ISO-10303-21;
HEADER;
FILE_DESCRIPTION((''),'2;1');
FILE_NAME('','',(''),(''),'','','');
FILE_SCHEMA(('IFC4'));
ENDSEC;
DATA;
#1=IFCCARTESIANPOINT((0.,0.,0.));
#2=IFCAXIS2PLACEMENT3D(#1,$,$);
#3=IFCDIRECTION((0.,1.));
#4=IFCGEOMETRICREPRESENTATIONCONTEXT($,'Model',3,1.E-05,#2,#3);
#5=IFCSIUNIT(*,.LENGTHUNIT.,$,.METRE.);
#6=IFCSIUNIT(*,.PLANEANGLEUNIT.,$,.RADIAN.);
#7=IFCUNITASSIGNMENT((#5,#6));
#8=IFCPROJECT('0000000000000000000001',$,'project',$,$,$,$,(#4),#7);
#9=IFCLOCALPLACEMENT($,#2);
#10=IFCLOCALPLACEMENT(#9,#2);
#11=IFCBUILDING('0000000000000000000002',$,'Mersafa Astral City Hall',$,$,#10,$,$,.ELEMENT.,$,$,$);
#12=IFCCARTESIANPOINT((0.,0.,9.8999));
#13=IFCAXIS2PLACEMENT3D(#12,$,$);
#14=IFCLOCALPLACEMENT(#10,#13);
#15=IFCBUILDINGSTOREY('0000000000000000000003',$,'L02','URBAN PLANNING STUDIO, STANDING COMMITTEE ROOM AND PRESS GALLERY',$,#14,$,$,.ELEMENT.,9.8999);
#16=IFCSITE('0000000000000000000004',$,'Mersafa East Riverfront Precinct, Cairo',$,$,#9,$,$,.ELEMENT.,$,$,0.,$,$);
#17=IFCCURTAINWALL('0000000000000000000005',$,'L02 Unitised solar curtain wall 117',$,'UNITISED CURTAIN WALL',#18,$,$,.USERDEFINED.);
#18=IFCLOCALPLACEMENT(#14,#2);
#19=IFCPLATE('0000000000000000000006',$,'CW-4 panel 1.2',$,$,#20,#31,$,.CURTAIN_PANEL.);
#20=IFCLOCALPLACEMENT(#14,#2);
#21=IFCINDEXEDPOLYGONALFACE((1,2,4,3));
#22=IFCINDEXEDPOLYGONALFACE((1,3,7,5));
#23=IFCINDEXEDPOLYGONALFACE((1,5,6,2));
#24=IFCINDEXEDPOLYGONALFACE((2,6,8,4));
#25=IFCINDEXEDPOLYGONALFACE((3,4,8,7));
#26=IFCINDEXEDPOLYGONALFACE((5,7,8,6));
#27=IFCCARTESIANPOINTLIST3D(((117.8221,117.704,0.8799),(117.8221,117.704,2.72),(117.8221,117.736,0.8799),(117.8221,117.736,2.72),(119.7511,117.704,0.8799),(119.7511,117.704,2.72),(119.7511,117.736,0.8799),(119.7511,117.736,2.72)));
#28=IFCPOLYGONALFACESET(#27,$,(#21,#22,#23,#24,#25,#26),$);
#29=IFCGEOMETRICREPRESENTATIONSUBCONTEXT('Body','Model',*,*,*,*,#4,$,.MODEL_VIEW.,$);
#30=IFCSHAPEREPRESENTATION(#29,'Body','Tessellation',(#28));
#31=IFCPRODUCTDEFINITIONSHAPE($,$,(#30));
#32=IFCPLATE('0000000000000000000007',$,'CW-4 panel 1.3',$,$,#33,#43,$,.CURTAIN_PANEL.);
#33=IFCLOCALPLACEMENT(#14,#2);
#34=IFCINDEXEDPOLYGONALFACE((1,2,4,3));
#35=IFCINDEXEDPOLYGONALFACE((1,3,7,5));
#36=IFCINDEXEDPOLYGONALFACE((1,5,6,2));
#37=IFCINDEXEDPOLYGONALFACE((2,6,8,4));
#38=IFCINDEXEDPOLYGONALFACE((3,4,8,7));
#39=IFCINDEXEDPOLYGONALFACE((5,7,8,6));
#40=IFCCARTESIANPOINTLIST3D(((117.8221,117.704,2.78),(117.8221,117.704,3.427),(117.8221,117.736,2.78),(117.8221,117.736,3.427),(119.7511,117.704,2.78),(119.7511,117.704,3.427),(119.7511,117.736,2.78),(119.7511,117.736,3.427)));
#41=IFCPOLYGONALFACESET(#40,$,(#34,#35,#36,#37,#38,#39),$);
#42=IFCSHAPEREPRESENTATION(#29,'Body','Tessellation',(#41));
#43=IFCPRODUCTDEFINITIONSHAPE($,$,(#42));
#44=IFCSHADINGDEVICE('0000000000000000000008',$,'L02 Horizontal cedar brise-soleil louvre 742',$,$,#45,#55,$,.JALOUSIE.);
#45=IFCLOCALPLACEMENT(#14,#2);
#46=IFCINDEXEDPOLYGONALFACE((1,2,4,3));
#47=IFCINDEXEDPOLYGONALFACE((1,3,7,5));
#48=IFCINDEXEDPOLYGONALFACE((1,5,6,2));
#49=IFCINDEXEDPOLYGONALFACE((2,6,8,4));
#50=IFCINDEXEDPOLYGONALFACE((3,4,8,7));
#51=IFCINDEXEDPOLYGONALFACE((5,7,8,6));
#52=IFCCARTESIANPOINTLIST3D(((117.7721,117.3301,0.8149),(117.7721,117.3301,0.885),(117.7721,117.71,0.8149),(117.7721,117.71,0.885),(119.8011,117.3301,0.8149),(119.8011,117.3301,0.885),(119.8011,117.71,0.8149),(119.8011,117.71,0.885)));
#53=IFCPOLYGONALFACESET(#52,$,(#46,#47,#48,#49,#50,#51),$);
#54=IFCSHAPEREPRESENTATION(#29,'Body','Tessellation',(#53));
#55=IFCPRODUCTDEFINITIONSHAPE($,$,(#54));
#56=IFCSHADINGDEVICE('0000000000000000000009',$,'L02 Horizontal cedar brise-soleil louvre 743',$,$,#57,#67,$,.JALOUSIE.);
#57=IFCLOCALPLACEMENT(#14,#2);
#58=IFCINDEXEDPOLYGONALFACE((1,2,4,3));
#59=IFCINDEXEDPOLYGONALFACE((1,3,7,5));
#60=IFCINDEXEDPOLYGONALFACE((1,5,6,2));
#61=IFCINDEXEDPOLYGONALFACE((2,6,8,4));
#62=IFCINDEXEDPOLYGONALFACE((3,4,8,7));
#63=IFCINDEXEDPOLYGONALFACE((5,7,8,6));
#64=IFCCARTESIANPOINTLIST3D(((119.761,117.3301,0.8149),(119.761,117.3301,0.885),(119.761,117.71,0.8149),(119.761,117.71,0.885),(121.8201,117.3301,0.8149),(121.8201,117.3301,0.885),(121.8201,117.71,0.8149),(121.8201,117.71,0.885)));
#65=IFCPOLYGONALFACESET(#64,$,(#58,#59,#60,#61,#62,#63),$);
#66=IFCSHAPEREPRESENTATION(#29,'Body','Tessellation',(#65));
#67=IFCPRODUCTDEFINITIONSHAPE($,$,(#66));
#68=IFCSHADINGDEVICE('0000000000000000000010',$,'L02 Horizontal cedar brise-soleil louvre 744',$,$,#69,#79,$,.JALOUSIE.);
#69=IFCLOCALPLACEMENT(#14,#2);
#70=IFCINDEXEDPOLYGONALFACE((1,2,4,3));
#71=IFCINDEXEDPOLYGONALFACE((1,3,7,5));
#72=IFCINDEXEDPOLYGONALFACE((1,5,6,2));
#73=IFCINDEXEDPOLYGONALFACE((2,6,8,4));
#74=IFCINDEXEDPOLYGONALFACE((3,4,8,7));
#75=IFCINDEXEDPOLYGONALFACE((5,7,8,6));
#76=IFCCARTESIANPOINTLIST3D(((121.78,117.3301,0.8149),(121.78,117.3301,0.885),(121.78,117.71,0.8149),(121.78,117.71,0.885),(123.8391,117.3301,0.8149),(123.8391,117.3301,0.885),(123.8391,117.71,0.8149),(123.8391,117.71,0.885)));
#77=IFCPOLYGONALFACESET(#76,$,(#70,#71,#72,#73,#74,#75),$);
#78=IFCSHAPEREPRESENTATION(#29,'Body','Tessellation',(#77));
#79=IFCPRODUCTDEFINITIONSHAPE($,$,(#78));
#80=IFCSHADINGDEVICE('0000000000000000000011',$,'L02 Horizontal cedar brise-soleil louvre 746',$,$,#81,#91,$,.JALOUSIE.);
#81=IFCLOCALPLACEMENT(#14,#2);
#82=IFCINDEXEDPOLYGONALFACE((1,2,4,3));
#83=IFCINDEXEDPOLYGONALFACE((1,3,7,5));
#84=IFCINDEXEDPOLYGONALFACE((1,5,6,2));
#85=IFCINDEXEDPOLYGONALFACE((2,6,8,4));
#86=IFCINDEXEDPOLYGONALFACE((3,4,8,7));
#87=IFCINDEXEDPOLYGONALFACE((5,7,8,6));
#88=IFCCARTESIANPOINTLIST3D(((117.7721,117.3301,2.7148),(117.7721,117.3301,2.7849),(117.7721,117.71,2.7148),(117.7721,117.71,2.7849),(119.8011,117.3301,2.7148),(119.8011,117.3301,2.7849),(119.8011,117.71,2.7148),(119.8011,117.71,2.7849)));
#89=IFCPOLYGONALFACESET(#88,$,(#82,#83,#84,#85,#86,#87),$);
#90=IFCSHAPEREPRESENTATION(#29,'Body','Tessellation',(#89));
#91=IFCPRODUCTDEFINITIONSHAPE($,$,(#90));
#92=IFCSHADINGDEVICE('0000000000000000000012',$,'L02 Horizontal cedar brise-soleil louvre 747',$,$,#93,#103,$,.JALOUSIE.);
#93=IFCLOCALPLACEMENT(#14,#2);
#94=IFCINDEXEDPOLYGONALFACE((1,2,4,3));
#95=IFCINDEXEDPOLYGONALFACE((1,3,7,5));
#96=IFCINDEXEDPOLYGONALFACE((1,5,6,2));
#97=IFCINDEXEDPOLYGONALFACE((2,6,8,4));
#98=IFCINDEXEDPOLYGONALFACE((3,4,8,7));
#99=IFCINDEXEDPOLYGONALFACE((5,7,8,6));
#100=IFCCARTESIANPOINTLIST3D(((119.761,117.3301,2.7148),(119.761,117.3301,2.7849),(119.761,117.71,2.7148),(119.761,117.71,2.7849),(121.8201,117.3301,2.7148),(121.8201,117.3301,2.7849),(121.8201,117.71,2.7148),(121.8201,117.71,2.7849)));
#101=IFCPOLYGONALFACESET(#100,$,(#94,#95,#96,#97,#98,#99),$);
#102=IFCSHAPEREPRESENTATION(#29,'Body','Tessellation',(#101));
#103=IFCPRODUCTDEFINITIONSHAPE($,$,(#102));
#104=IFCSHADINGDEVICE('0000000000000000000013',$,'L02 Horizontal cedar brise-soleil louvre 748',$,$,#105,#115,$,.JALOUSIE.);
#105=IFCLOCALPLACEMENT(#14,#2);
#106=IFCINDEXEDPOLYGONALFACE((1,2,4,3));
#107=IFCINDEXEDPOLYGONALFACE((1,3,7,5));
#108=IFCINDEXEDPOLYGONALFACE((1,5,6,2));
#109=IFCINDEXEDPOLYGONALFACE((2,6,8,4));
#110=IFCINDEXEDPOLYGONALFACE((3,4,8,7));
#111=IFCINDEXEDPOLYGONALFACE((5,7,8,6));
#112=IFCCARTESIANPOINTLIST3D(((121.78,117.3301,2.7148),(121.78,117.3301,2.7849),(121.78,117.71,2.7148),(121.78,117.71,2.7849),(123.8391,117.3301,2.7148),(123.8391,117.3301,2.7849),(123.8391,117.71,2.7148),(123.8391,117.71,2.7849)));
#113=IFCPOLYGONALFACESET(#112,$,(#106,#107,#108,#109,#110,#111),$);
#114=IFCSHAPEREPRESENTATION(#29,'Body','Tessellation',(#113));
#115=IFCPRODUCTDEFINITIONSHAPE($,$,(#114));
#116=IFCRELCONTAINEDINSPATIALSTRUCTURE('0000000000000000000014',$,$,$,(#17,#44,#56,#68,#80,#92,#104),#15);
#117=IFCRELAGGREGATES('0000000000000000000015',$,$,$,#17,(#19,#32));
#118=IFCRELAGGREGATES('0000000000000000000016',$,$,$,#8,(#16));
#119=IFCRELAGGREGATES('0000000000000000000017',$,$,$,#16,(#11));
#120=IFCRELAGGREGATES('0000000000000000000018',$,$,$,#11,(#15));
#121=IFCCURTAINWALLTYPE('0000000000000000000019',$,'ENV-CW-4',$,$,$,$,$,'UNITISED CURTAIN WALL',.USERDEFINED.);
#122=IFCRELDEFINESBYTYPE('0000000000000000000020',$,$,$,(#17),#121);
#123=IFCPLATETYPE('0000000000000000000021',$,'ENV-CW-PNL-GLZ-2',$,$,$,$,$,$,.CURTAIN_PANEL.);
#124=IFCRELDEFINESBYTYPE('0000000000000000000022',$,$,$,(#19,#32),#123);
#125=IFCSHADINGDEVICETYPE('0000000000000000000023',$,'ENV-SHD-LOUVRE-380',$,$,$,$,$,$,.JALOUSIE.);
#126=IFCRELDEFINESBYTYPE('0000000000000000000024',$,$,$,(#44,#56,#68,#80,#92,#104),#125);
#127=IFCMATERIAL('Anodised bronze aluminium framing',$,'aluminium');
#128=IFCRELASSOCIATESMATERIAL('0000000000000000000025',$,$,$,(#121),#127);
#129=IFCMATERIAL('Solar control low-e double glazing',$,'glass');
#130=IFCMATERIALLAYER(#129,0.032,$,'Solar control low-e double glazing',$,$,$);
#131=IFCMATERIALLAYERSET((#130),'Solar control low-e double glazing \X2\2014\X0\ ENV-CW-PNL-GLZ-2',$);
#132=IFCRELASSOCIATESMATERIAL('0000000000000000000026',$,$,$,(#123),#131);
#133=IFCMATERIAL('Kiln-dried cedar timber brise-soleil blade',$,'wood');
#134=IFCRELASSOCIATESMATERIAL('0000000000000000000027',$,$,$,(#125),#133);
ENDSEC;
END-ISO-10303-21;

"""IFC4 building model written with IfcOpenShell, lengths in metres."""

from ifc_helpers import new_model, si_unit, direction, frame, origin, origin_2d, place, context, subcontext, project, spatial, rectangle, extrude, material, layer, layer_set, type_object, element, aggregate, save


model = new_model("IFC4")

# Units and contexts
model_context = context("Model", 3, precision=1e-05, world=origin(), true_north=direction((0.0, 1.0)))
body_context = subcontext(model_context, "Body", "Model", "MODEL_VIEW")
ifc_project = project(units=[si_unit("LENGTHUNIT", "METRE"), si_unit("PLANEANGLEUNIT", "RADIAN")], contexts=[model_context])

# Site, building, storey
site_placement = place(None, origin())
site = spatial("IfcSite", under=ifc_project, at=site_placement, Name="Mersafa East Riverfront Precinct, Cairo", CompositionType="ELEMENT", RefElevation=0.0)
building_placement = place(site_placement, origin())
building = spatial("IfcBuilding", under=site, at=building_placement, Name="Mersafa Astral City Hall", CompositionType="ELEMENT")
storey_placement = place(building_placement, frame((0.0, 0.0, 9.8999)))
storey = spatial("IfcBuildingStorey", under=building, at=storey_placement, Name="L02", Description="URBAN PLANNING STUDIO, STANDING COMMITTEE ROOM AND PRESS GALLERY", CompositionType="ELEMENT", Elevation=9.8999)

# Curtain wall
ifc_material_1 = material(Name="Anodised bronze aluminium framing", Category="aluminium")
curtain_wall_type = type_object("IfcCurtainWallType", Name="ENV-CW-4", ElementType="UNITISED CURTAIN WALL", PredefinedType="USERDEFINED", material=ifc_material_1)
curtain_wall_placement = place(storey_placement, origin())
curtain_wall = element("IfcCurtainWall", 1, at=curtain_wall_placement, inside=storey, type_object=curtain_wall_type, Name="L02 Unitised solar curtain wall 117", ObjectType="UNITISED CURTAIN WALL", PredefinedType="USERDEFINED")

# Plates
ifc_material_2 = material(Name="Solar control low-e double glazing", Category="glass")
ifc_layer = layer(ifc_material_2, 0.032, Name="Solar control low-e double glazing")
ifc_layer_set = layer_set([ifc_layer], Name="Solar control low-e double glazing — ENV-CW-PNL-GLZ-2")
plate_type = type_object("IfcPlateType", Name="ENV-CW-PNL-GLZ-2", PredefinedType="CURTAIN_PANEL", material=ifc_layer_set)
plate_1_placement = place(storey_placement, frame((118.7866, 117.72, 0.8799), z_axis=(0.0, 0.0, 1.0), x_axis=(1.0, 0.0, 0.0)))
plate_1 = element("IfcPlate", 2, at=plate_1_placement, type_object=plate_type, Name="CW-4 panel 1.2", PredefinedType="CURTAIN_PANEL", context=body_context, shape_type="SweptSolid", body=[
    extrude(rectangle(XDim=1.929, YDim=0.032, at=origin_2d()), origin(), (0.0, 0.0, 1.0), 1.8401),
])
plate_2_placement = place(storey_placement, frame((118.7866, 117.72, 2.78), z_axis=(0.0, 0.0, 1.0), x_axis=(1.0, 0.0, 0.0)))
plate_2 = element("IfcPlate", 3, at=plate_2_placement, type_object=plate_type, Name="CW-4 panel 1.3", PredefinedType="CURTAIN_PANEL", context=body_context, shape_type="SweptSolid", body=[
    extrude(rectangle(XDim=1.929, YDim=0.032, at=origin_2d()), origin(), (0.0, 0.0, 1.0), 0.647),
])
aggregate(curtain_wall, [plate_1, plate_2])

# Shading devices
ifc_material_3 = material(Name="Kiln-dried cedar timber brise-soleil blade", Category="wood")
shading_device_type = type_object("IfcShadingDeviceType", Name="ENV-SHD-LOUVRE-380", PredefinedType="JALOUSIE", material=ifc_material_3)
shading_device_1_placement = place(storey_placement, frame((118.7866, 117.52, 0.8149), z_axis=(0.0, 0.0, 1.0), x_axis=(1.0, 0.0, 0.0)))
element("IfcShadingDevice", 4, at=shading_device_1_placement, inside=storey, type_object=shading_device_type, Name="L02 Horizontal cedar brise-soleil louvre 742", PredefinedType="JALOUSIE", context=body_context, shape_type="SweptSolid", body=[
    extrude(rectangle(XDim=2.0291, YDim=0.3799, at=origin_2d()), origin(), (0.0, 0.0, 1.0), 0.0701),
])
for number, where, z_axis, x_axis, name in (
    (5, (120.7905, 117.52, 0.8149), (0.0, 0.0, 1.0), (1.0, 0.0, 0.0), "L02 Horizontal cedar brise-soleil louvre 743"),
    (6, (122.8096, 117.52, 0.8149), (0.0, 0.0, 1.0), (1.0, 0.0, 0.0), "L02 Horizontal cedar brise-soleil louvre 744"),
):
    element("IfcShadingDevice", number, at=place(storey_placement, frame(where, z_axis=z_axis, x_axis=x_axis)), inside=storey, type_object=shading_device_type, Name=name, PredefinedType="JALOUSIE", context=body_context, shape_type="SweptSolid", body=[
        extrude(rectangle(XDim=2.0591, YDim=0.3799, at=origin_2d()), origin(), (0.0, 0.0, 1.0), 0.0701),
    ])
shading_device_2_placement = place(storey_placement, frame((118.7866, 117.52, 2.7148), z_axis=(0.0, 0.0, 1.0), x_axis=(1.0, 0.0, 0.0)))
element("IfcShadingDevice", 7, at=shading_device_2_placement, inside=storey, type_object=shading_device_type, Name="L02 Horizontal cedar brise-soleil louvre 746", PredefinedType="JALOUSIE", context=body_context, shape_type="SweptSolid", body=[
    extrude(rectangle(XDim=2.0291, YDim=0.3799, at=origin_2d()), origin(), (0.0, 0.0, 1.0), 0.0701),
])
for number, where, z_axis, x_axis, name in (
    (8, (120.7905, 117.52, 2.7148), (0.0, 0.0, 1.0), (1.0, 0.0, 0.0), "L02 Horizontal cedar brise-soleil louvre 747"),
    (9, (122.8096, 117.52, 2.7148), (0.0, 0.0, 1.0), (1.0, 0.0, 0.0), "L02 Horizontal cedar brise-soleil louvre 748"),
):
    element("IfcShadingDevice", number, at=place(storey_placement, frame(where, z_axis=z_axis, x_axis=x_axis)), inside=storey, type_object=shading_device_type, Name=name, PredefinedType="JALOUSIE", context=body_context, shape_type="SweptSolid", body=[
        extrude(rectangle(XDim=2.0591, YDim=0.3799, at=origin_2d()), origin(), (0.0, 0.0, 1.0), 0.0701),
    ])

save(model, "model.ifc")
